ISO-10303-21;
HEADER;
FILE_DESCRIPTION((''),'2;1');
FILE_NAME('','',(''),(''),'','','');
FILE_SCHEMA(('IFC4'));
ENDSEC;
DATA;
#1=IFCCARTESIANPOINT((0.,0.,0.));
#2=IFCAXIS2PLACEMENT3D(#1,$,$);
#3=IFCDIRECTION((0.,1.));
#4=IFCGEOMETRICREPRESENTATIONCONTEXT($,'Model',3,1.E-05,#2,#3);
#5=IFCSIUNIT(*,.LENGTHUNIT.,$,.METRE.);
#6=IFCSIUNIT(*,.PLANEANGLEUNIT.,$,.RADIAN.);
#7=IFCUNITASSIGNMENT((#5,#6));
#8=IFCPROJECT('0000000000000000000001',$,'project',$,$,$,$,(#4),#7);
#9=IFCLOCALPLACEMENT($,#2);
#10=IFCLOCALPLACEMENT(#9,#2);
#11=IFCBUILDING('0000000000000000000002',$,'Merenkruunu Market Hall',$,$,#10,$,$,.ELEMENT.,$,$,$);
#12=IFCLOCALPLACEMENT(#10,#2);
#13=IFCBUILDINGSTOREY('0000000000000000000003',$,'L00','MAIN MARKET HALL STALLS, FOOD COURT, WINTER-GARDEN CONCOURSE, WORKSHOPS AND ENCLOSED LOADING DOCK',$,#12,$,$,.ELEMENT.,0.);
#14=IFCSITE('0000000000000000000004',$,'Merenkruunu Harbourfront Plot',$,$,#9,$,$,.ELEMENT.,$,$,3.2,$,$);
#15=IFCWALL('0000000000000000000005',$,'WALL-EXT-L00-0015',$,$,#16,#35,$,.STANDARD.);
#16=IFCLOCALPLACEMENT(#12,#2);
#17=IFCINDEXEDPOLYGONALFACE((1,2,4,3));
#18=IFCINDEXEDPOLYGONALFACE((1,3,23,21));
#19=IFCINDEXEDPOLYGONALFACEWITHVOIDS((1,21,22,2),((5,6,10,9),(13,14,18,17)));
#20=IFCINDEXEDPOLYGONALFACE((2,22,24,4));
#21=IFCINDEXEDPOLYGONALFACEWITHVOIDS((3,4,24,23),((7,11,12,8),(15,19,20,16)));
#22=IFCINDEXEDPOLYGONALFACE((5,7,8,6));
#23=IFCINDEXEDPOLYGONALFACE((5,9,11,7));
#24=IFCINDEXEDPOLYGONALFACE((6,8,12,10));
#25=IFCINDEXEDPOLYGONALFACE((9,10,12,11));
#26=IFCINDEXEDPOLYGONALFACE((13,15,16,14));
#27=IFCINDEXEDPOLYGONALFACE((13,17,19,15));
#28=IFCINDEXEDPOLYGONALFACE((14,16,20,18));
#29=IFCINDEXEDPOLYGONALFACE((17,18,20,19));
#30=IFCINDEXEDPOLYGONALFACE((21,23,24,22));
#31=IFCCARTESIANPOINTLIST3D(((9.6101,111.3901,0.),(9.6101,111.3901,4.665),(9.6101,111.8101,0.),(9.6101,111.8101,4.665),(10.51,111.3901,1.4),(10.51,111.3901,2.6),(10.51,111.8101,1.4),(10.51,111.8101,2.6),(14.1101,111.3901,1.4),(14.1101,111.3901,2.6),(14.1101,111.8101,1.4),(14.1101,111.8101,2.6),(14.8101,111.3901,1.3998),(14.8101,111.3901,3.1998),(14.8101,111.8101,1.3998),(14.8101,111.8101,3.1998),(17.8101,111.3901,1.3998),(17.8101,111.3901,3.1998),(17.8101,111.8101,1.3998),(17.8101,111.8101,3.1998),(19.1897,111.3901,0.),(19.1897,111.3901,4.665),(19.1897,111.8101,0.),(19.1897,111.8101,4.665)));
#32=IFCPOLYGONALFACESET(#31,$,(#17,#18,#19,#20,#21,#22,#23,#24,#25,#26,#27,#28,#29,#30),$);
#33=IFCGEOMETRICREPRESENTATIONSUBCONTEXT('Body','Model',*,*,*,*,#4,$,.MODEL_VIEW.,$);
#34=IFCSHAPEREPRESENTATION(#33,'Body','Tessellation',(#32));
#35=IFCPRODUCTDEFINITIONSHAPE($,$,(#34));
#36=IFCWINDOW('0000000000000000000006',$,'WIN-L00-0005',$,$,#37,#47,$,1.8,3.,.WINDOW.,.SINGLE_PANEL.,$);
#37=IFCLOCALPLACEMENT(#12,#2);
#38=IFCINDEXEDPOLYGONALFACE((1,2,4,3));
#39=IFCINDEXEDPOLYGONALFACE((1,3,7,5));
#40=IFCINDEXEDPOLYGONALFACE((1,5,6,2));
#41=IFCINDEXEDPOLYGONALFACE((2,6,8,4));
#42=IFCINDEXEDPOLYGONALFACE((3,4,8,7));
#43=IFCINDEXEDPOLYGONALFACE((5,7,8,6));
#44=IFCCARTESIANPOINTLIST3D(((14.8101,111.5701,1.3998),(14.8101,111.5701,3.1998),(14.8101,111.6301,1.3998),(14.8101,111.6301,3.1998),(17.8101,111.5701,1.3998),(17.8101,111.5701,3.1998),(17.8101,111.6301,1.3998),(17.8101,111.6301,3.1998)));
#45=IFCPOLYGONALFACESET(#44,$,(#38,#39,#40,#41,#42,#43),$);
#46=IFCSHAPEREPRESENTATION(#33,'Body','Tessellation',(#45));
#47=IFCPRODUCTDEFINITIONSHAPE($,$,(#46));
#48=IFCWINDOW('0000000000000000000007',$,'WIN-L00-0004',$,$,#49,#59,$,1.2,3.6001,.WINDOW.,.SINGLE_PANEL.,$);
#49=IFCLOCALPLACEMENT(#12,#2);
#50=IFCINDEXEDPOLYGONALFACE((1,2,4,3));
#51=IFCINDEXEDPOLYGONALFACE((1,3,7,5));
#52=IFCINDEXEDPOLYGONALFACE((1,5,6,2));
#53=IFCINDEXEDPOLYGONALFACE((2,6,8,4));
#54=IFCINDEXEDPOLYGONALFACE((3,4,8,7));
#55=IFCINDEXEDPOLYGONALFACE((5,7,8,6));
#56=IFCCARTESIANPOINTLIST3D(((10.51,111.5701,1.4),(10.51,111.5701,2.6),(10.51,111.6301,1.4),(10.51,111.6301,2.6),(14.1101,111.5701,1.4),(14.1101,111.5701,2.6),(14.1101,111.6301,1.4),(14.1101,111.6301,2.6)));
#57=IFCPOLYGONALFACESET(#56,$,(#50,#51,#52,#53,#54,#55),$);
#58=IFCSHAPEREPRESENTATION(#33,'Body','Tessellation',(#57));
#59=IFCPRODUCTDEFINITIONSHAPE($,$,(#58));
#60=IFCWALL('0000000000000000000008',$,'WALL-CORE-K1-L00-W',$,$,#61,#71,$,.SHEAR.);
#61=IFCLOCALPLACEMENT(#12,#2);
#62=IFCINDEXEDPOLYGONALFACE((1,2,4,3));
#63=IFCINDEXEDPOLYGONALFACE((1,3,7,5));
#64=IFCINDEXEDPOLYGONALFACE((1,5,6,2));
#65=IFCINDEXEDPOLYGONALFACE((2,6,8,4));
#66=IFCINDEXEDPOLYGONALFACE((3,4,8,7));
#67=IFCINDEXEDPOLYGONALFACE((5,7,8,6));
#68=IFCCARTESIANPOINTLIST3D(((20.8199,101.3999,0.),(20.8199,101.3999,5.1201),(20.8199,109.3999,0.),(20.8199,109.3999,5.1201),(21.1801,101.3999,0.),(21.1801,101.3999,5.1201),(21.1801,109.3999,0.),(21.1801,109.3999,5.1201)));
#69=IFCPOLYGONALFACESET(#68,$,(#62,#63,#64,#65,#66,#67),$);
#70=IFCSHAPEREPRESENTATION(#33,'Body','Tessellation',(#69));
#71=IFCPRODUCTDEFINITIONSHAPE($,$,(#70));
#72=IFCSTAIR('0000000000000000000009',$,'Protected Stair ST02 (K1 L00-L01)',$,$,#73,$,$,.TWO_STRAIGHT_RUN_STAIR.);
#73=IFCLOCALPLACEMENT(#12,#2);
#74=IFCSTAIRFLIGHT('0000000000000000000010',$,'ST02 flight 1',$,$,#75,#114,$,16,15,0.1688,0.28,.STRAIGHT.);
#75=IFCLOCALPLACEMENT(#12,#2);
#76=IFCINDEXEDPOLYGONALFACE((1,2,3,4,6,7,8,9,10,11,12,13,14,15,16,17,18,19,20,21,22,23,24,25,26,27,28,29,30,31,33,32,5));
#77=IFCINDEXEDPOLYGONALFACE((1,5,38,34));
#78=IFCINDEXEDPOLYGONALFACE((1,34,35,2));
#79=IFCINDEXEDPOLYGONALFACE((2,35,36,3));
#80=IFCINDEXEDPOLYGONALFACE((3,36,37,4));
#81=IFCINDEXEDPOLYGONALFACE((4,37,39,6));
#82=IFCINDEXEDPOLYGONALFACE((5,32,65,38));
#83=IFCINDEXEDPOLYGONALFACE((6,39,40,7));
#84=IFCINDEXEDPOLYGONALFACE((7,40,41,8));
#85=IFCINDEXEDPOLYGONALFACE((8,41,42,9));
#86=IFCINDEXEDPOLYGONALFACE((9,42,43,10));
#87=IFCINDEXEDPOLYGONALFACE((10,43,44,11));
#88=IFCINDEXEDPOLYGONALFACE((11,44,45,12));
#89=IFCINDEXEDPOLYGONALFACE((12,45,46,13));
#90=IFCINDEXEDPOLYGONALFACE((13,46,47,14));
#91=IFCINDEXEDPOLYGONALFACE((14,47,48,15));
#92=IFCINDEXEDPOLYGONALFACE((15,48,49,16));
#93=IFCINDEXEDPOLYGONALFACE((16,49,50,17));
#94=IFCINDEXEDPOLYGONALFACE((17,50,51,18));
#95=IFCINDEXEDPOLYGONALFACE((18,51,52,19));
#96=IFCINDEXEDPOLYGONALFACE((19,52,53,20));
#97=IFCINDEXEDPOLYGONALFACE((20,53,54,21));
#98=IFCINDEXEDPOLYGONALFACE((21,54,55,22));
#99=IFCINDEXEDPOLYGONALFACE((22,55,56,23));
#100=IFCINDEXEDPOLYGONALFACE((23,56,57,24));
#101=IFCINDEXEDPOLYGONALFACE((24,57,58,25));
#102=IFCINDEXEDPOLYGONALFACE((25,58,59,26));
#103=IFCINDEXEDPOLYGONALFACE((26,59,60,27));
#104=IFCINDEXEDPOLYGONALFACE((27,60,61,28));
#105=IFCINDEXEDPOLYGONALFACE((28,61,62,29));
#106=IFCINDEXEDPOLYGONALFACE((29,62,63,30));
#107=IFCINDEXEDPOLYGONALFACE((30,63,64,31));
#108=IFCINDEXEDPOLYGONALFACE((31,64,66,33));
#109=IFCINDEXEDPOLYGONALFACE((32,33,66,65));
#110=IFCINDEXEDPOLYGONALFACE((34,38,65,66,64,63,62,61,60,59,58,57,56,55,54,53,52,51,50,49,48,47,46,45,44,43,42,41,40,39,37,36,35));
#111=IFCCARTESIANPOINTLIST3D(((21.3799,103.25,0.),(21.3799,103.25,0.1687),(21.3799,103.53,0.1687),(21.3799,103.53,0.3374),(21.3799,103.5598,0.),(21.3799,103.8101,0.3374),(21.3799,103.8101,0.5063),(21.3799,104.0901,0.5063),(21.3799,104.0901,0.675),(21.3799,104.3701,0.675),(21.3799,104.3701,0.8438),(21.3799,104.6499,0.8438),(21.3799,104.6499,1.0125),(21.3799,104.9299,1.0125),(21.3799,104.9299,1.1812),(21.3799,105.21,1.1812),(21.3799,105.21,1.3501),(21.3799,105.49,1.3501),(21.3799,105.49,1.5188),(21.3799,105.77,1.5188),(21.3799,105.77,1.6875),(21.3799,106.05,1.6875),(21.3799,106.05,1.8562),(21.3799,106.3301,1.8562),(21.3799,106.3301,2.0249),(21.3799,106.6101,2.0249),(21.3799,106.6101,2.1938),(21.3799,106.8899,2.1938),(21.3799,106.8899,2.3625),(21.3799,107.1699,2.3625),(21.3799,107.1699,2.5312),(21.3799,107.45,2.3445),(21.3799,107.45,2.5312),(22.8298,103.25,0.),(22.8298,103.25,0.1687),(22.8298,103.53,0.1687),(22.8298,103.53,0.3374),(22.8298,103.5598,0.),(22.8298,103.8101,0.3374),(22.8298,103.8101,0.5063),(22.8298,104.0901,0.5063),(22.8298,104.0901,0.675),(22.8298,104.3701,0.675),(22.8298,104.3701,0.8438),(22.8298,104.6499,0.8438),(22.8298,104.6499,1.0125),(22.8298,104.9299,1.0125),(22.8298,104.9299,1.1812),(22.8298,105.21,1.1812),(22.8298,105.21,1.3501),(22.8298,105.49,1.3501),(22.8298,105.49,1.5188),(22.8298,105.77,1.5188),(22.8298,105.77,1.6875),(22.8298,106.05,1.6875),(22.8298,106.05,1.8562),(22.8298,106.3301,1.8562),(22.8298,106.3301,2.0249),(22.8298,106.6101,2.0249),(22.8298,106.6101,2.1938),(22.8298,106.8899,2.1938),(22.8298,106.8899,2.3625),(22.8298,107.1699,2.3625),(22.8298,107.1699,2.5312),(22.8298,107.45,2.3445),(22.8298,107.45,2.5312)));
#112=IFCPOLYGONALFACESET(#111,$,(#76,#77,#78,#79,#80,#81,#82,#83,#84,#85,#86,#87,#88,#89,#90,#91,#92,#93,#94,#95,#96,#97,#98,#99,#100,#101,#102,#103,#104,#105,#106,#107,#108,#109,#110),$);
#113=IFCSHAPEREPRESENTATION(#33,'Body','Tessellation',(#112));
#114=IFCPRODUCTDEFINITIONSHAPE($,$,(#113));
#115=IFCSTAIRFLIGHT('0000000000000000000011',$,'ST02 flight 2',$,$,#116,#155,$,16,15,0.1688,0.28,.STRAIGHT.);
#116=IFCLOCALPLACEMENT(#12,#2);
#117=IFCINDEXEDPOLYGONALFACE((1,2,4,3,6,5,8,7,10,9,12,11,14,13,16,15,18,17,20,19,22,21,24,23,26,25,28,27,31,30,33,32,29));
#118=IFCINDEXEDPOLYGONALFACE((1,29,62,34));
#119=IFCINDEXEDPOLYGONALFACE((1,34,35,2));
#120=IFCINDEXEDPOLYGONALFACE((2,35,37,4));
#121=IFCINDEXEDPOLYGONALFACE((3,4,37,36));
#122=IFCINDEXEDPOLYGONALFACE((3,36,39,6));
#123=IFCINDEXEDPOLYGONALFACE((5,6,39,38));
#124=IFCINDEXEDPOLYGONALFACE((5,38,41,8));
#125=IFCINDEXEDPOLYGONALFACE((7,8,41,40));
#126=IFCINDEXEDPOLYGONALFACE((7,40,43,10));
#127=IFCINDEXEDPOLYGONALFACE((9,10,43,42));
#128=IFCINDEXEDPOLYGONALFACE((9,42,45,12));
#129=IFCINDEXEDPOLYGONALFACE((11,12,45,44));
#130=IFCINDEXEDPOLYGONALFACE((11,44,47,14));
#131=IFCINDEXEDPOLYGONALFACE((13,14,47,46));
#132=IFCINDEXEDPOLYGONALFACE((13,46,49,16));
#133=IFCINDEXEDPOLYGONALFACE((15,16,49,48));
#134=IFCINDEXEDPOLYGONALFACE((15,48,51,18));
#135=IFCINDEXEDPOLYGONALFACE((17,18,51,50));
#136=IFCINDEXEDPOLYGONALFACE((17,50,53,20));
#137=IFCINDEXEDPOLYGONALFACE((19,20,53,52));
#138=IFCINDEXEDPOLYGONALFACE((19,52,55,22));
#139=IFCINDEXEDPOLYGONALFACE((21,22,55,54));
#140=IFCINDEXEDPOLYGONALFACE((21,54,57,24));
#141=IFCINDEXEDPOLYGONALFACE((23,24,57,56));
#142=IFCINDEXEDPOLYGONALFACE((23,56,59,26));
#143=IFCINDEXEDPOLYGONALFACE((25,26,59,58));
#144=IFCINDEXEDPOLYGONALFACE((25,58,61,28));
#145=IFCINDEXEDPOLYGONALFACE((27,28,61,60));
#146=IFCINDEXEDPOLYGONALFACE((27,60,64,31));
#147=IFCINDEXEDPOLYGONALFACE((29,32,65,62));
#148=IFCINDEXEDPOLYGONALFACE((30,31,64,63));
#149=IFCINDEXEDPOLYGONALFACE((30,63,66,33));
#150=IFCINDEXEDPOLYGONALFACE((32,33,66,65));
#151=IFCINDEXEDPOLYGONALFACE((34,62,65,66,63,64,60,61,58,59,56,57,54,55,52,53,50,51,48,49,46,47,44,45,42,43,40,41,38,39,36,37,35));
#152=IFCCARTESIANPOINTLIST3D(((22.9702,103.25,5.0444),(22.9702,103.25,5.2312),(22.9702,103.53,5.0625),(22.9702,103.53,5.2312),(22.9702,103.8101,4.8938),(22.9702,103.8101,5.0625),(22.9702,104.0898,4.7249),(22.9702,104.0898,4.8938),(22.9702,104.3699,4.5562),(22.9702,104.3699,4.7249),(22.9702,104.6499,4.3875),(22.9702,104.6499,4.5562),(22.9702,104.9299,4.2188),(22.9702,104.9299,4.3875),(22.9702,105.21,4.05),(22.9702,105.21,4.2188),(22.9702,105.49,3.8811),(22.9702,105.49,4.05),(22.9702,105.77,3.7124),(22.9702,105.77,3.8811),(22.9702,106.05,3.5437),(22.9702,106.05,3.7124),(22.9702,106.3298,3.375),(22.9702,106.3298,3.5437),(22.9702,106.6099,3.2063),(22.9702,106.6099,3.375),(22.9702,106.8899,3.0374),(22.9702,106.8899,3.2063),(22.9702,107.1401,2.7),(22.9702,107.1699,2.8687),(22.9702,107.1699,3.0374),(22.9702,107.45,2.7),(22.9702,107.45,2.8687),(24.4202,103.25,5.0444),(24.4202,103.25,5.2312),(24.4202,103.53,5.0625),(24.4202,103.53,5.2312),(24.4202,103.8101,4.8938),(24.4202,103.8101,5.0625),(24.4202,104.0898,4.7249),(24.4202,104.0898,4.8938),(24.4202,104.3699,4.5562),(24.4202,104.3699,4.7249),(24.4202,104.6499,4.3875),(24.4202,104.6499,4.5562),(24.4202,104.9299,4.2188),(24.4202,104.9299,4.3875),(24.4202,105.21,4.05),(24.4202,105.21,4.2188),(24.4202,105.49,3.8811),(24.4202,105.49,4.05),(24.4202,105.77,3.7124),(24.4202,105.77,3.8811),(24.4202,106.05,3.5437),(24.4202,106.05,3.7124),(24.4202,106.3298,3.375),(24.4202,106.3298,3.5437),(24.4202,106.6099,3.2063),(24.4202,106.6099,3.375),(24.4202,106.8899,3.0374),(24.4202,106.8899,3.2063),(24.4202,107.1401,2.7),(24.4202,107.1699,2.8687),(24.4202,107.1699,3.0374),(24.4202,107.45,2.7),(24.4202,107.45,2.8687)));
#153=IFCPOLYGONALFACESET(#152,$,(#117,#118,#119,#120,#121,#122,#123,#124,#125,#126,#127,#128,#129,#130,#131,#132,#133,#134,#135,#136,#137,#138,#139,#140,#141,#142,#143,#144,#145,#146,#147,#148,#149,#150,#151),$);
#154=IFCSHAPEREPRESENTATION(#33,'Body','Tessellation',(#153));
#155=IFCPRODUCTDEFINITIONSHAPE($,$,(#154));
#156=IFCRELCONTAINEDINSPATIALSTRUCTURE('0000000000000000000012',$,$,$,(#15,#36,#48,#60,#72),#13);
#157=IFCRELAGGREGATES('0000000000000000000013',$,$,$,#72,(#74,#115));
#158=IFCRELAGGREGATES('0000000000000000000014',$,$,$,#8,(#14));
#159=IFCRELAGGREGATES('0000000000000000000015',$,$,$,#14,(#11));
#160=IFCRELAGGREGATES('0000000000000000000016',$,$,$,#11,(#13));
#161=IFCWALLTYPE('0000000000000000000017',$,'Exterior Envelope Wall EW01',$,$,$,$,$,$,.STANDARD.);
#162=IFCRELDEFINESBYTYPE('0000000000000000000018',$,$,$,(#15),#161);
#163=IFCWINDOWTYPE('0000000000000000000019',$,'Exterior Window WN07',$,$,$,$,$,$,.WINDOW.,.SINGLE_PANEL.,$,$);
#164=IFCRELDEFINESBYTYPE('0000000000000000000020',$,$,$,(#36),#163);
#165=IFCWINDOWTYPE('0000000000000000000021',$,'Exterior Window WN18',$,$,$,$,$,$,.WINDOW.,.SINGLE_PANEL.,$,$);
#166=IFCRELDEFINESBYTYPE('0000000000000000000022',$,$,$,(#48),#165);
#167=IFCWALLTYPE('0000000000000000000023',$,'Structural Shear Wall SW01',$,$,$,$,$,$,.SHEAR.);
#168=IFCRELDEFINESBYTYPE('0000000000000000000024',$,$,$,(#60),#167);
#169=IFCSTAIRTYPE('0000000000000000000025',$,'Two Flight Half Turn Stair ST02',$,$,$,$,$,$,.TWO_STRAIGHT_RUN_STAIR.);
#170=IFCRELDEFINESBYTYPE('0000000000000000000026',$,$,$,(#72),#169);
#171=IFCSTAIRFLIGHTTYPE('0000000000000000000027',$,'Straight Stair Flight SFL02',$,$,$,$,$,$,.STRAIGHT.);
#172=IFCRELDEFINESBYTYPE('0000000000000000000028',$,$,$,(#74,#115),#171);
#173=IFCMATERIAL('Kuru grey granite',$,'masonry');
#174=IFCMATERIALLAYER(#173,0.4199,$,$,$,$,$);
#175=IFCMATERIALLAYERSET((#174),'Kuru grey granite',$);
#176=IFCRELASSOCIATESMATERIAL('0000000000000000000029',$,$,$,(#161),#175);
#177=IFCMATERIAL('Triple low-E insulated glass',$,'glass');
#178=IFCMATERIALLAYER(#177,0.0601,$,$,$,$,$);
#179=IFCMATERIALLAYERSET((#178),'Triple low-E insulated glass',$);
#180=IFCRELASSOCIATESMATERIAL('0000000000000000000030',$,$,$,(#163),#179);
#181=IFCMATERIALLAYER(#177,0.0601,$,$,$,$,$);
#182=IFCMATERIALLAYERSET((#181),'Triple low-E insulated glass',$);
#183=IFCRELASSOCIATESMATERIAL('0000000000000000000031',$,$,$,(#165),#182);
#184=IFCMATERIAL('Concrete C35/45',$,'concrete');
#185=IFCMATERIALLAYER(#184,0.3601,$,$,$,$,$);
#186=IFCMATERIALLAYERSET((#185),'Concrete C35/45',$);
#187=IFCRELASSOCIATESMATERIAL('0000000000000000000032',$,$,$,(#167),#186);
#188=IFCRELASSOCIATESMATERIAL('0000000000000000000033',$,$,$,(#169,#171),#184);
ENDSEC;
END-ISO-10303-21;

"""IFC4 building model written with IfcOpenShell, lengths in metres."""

from ifc_helpers import new_model, si_unit, direction, frame, frame_2d, origin, place, context, subcontext, project, spatial, polyline, rectangle, outline, extrude, material, layer, layer_set, type_object, element, fill, aggregate, save


model = new_model("IFC4")

# Units and contexts
model_context = context("Model", 3, precision=1e-05, world=origin(), true_north=direction((0.0, 1.0)))
body_context = subcontext(model_context, "Body", "Model", "MODEL_VIEW")
ifc_project = project(units=[si_unit("LENGTHUNIT", "METRE"), si_unit("PLANEANGLEUNIT", "RADIAN")], contexts=[model_context])

# Site, building, storey
site_placement = place(None, origin())
site = spatial("IfcSite", under=ifc_project, at=site_placement, Name="Merenkruunu Harbourfront Plot", CompositionType="ELEMENT", RefElevation=3.2)
building_placement = place(site_placement, origin())
building = spatial("IfcBuilding", under=site, at=building_placement, Name="Merenkruunu Market Hall", CompositionType="ELEMENT")
storey_placement = place(building_placement, origin())
storey = spatial("IfcBuildingStorey", under=building, at=storey_placement, Name="L00", Description="MAIN MARKET HALL STALLS, FOOD COURT, WINTER-GARDEN CONCOURSE, WORKSHOPS AND ENCLOSED LOADING DOCK", CompositionType="ELEMENT", Elevation=0.0)

# Wall, openings, windows
ifc_material_1 = material(Name="Kuru grey granite", Category="masonry")
ifc_layer_1 = layer(ifc_material_1, 0.4199)
ifc_layer_set_1 = layer_set([ifc_layer_1], Name="Kuru grey granite")
wall_type_1 = type_object("IfcWallType", Name="Exterior Envelope Wall EW01", PredefinedType="STANDARD", material=ifc_layer_set_1)
wall_1_placement = place(storey_placement, frame((9.6101, 111.6001, 0.0), z_axis=(0.0, 0.0, 1.0), x_axis=(1.0, 0.0, 0.0)))
wall_1 = element("IfcWall", 1, at=wall_1_placement, inside=storey, type_object=wall_type_1, Name="WALL-EXT-L00-0015", PredefinedType="STANDARD", context=body_context, shape_type="SweptSolid", body=[
    extrude(rectangle(XDim=9.5796, YDim=0.4199, at=frame_2d((4.7898, 0.0))), origin(), (0.0, 0.0, 1.0), 4.665),
])
opening_1_placement = place(wall_1_placement, frame((0.8999, 0.0, 1.3999)))
opening_1 = element("IfcOpeningElement", 2, at=opening_1_placement, cuts=wall_1, PredefinedType="OPENING", context=body_context, shape_type="SweptSolid", body=[
    extrude(rectangle(XDim=3.6001, YDim=1.2, at=frame_2d((1.8, 0.6001))), frame((0.0, 0.22, 0.0), z_axis=(0.0, -1.0, 0.0), x_axis=(1.0, 0.0, 0.0)), (0.0, 0.0, 1.0), 0.4399),
])
opening_2_placement = place(wall_1_placement, frame((5.2, 0.0, 1.3999)))
opening_2 = element("IfcOpeningElement", 3, at=opening_2_placement, cuts=wall_1, PredefinedType="OPENING", context=body_context, shape_type="SweptSolid", body=[
    extrude(rectangle(XDim=3.0, YDim=1.8, at=frame_2d((1.5, 0.8999))), frame((0.0, 0.22, 0.0), z_axis=(0.0, -1.0, 0.0), x_axis=(1.0, 0.0, 0.0)), (0.0, 0.0, 1.0), 0.4399),
])
ifc_material_2 = material(Name="Triple low-E insulated glass", Category="glass")
ifc_layer_2 = layer(ifc_material_2, 0.0601)
ifc_layer_set_2 = layer_set([ifc_layer_2], Name="Triple low-E insulated glass")
window_type_1 = type_object("IfcWindowType", Name="Exterior Window WN07", PartitioningType="SINGLE_PANEL", PredefinedType="WINDOW", material=ifc_layer_set_2)
window_1_placement = place(opening_2_placement, origin())
window_1 = element("IfcWindow", 4, at=window_1_placement, inside=storey, type_object=window_type_1, Name="WIN-L00-0005", OverallHeight=1.8, OverallWidth=3.0, PartitioningType="SINGLE_PANEL", PredefinedType="WINDOW", context=body_context, shape_type="SweptSolid", body=[
    extrude(rectangle(XDim=3.0, YDim=1.8, at=frame_2d((1.5, 0.8999))), frame((0.0, 0.03, 0.0), z_axis=(0.0, -1.0, 0.0), x_axis=(1.0, 0.0, 0.0)), (0.0, 0.0, 1.0), 0.0601),
])
fill(opening_2, window_1)
ifc_layer_3 = layer(ifc_material_2, 0.0601)
ifc_layer_set_3 = layer_set([ifc_layer_3], Name="Triple low-E insulated glass")
window_type_2 = type_object("IfcWindowType", Name="Exterior Window WN18", PartitioningType="SINGLE_PANEL", PredefinedType="WINDOW", material=ifc_layer_set_3)
window_2_placement = place(opening_1_placement, origin())
window_2 = element("IfcWindow", 5, at=window_2_placement, inside=storey, type_object=window_type_2, Name="WIN-L00-0004", OverallHeight=1.2, OverallWidth=3.6001, PartitioningType="SINGLE_PANEL", PredefinedType="WINDOW", context=body_context, shape_type="SweptSolid", body=[
    extrude(rectangle(XDim=3.6001, YDim=1.2, at=frame_2d((1.8, 0.6001))), frame((0.0, 0.03, 0.0), z_axis=(0.0, -1.0, 0.0), x_axis=(1.0, 0.0, 0.0)), (0.0, 0.0, 1.0), 0.0601),
])
fill(opening_1, window_2)

# Wall
ifc_material_3 = material(Name="Concrete C35/45", Category="concrete")
ifc_layer_4 = layer(ifc_material_3, 0.3601)
ifc_layer_set_4 = layer_set([ifc_layer_4], Name="Concrete C35/45")
wall_type_2 = type_object("IfcWallType", Name="Structural Shear Wall SW01", PredefinedType="SHEAR", material=ifc_layer_set_4)
wall_2_placement = place(storey_placement, frame((21.0, 109.3999, 0.0), z_axis=(0.0, 0.0, 1.0), x_axis=(0.0, -1.0, 0.0)))
element("IfcWall", 6, at=wall_2_placement, inside=storey, type_object=wall_type_2, Name="WALL-CORE-K1-L00-W", PredefinedType="SHEAR", context=body_context, shape_type="SweptSolid", body=[
    extrude(rectangle(XDim=8.0, YDim=0.3601, at=frame_2d((4.0, 0.0))), origin(), (0.0, 0.0, 1.0), 5.1201),
])

# Stair, stair flights
stair_type = type_object("IfcStairType", Name="Two Flight Half Turn Stair ST02", PredefinedType="TWO_STRAIGHT_RUN_STAIR", material=ifc_material_3)
stair_placement = place(storey_placement, origin())
stair = element("IfcStair", 7, at=stair_placement, inside=storey, type_object=stair_type, Name="Protected Stair ST02 (K1 L00-L01)", PredefinedType="TWO_STRAIGHT_RUN_STAIR")
stair_flight_type = type_object("IfcStairFlightType", Name="Straight Stair Flight SFL02", PredefinedType="STRAIGHT", material=ifc_material_3)
stair_flight_1_placement = place(storey_placement, frame((22.105, 103.25, 0.0), z_axis=(0.0, 0.0, 1.0), x_axis=(0.0, 1.0, 0.0)))
stair_flight_1 = element("IfcStairFlight", 8, at=stair_flight_1_placement, type_object=stair_flight_type, Name="ST02 flight 1", NumberOfRisers=16, NumberOfTreads=15, PredefinedType="STRAIGHT", RiserHeight=0.1688, TreadLength=0.28, context=body_context, shape_type="SweptSolid", body=[
    extrude(outline(polyline([(0.0, 0.0), (0.0, 0.1687), (0.28, 0.1687), (0.28, 0.3374), (0.5601, 0.3374), (0.5601, 0.5063), (0.8401, 0.5063), (0.8401, 0.675), (1.1201, 0.675), (1.1201, 0.8438), (1.3999, 0.8438), (1.3999, 1.0125), (1.6799, 1.0125), (1.6799, 1.1812), (1.96, 1.1812), (1.96, 1.3501), (2.24, 1.3501), (2.24, 1.5188), (2.52, 1.5188), (2.52, 1.6875), (2.8, 1.6875), (2.8, 1.8562), (3.0801, 1.8562), (3.0801, 2.0249), (3.3601, 2.0249), (3.3601, 2.1938), (3.6399, 2.1938), (3.6399, 2.3625), (3.9199, 2.3625), (3.9199, 2.5312), (4.2, 2.5312), (4.2, 2.7), (4.2, 2.3445), (0.3098, 0.0), (0.0, 0.0)])), frame((0.0, 0.7251, 0.0), z_axis=(0.0, -1.0, 0.0), x_axis=(1.0, 0.0, 0.0)), (0.0, 0.0, 1.0), 1.45),
])
stair_flight_2_placement = place(storey_placement, frame((23.6951, 107.45, 2.7), z_axis=(0.0, 0.0, 1.0), x_axis=(0.0, -1.0, 0.0)))
stair_flight_2 = element("IfcStairFlight", 9, at=stair_flight_2_placement, type_object=stair_flight_type, Name="ST02 flight 2", NumberOfRisers=16, NumberOfTreads=15, PredefinedType="STRAIGHT", RiserHeight=0.1688, TreadLength=0.28, context=body_context, shape_type="SweptSolid", body=[
    extrude(outline(polyline([(0.0, 0.0), (0.0, 0.1687), (0.28, 0.1687), (0.28, 0.3374), (0.5601, 0.3374), (0.5601, 0.5063), (0.8401, 0.5063), (0.8401, 0.675), (1.1201, 0.675), (1.1201, 0.8438), (1.3999, 0.8438), (1.3999, 1.0125), (1.6799, 1.0125), (1.6799, 1.1812), (1.96, 1.1812), (1.96, 1.3501), (2.24, 1.3501), (2.24, 1.5188), (2.52, 1.5188), (2.52, 1.6875), (2.8, 1.6875), (2.8, 1.8562), (3.0801, 1.8562), (3.0801, 2.0249), (3.3601, 2.0249), (3.3601, 2.1938), (3.6399, 2.1938), (3.6399, 2.3625), (3.9199, 2.3625), (3.9199, 2.5312), (4.2, 2.5312), (4.2, 2.7), (4.2, 2.3445), (0.3098, 0.0), (0.0, 0.0)])), frame((0.0, 0.7251, 0.0), z_axis=(0.0, -1.0, 0.0), x_axis=(1.0, 0.0, 0.0)), (0.0, 0.0, 1.0), 1.45),
])
aggregate(stair, [stair_flight_1, stair_flight_2])

save(model, "model.ifc")
